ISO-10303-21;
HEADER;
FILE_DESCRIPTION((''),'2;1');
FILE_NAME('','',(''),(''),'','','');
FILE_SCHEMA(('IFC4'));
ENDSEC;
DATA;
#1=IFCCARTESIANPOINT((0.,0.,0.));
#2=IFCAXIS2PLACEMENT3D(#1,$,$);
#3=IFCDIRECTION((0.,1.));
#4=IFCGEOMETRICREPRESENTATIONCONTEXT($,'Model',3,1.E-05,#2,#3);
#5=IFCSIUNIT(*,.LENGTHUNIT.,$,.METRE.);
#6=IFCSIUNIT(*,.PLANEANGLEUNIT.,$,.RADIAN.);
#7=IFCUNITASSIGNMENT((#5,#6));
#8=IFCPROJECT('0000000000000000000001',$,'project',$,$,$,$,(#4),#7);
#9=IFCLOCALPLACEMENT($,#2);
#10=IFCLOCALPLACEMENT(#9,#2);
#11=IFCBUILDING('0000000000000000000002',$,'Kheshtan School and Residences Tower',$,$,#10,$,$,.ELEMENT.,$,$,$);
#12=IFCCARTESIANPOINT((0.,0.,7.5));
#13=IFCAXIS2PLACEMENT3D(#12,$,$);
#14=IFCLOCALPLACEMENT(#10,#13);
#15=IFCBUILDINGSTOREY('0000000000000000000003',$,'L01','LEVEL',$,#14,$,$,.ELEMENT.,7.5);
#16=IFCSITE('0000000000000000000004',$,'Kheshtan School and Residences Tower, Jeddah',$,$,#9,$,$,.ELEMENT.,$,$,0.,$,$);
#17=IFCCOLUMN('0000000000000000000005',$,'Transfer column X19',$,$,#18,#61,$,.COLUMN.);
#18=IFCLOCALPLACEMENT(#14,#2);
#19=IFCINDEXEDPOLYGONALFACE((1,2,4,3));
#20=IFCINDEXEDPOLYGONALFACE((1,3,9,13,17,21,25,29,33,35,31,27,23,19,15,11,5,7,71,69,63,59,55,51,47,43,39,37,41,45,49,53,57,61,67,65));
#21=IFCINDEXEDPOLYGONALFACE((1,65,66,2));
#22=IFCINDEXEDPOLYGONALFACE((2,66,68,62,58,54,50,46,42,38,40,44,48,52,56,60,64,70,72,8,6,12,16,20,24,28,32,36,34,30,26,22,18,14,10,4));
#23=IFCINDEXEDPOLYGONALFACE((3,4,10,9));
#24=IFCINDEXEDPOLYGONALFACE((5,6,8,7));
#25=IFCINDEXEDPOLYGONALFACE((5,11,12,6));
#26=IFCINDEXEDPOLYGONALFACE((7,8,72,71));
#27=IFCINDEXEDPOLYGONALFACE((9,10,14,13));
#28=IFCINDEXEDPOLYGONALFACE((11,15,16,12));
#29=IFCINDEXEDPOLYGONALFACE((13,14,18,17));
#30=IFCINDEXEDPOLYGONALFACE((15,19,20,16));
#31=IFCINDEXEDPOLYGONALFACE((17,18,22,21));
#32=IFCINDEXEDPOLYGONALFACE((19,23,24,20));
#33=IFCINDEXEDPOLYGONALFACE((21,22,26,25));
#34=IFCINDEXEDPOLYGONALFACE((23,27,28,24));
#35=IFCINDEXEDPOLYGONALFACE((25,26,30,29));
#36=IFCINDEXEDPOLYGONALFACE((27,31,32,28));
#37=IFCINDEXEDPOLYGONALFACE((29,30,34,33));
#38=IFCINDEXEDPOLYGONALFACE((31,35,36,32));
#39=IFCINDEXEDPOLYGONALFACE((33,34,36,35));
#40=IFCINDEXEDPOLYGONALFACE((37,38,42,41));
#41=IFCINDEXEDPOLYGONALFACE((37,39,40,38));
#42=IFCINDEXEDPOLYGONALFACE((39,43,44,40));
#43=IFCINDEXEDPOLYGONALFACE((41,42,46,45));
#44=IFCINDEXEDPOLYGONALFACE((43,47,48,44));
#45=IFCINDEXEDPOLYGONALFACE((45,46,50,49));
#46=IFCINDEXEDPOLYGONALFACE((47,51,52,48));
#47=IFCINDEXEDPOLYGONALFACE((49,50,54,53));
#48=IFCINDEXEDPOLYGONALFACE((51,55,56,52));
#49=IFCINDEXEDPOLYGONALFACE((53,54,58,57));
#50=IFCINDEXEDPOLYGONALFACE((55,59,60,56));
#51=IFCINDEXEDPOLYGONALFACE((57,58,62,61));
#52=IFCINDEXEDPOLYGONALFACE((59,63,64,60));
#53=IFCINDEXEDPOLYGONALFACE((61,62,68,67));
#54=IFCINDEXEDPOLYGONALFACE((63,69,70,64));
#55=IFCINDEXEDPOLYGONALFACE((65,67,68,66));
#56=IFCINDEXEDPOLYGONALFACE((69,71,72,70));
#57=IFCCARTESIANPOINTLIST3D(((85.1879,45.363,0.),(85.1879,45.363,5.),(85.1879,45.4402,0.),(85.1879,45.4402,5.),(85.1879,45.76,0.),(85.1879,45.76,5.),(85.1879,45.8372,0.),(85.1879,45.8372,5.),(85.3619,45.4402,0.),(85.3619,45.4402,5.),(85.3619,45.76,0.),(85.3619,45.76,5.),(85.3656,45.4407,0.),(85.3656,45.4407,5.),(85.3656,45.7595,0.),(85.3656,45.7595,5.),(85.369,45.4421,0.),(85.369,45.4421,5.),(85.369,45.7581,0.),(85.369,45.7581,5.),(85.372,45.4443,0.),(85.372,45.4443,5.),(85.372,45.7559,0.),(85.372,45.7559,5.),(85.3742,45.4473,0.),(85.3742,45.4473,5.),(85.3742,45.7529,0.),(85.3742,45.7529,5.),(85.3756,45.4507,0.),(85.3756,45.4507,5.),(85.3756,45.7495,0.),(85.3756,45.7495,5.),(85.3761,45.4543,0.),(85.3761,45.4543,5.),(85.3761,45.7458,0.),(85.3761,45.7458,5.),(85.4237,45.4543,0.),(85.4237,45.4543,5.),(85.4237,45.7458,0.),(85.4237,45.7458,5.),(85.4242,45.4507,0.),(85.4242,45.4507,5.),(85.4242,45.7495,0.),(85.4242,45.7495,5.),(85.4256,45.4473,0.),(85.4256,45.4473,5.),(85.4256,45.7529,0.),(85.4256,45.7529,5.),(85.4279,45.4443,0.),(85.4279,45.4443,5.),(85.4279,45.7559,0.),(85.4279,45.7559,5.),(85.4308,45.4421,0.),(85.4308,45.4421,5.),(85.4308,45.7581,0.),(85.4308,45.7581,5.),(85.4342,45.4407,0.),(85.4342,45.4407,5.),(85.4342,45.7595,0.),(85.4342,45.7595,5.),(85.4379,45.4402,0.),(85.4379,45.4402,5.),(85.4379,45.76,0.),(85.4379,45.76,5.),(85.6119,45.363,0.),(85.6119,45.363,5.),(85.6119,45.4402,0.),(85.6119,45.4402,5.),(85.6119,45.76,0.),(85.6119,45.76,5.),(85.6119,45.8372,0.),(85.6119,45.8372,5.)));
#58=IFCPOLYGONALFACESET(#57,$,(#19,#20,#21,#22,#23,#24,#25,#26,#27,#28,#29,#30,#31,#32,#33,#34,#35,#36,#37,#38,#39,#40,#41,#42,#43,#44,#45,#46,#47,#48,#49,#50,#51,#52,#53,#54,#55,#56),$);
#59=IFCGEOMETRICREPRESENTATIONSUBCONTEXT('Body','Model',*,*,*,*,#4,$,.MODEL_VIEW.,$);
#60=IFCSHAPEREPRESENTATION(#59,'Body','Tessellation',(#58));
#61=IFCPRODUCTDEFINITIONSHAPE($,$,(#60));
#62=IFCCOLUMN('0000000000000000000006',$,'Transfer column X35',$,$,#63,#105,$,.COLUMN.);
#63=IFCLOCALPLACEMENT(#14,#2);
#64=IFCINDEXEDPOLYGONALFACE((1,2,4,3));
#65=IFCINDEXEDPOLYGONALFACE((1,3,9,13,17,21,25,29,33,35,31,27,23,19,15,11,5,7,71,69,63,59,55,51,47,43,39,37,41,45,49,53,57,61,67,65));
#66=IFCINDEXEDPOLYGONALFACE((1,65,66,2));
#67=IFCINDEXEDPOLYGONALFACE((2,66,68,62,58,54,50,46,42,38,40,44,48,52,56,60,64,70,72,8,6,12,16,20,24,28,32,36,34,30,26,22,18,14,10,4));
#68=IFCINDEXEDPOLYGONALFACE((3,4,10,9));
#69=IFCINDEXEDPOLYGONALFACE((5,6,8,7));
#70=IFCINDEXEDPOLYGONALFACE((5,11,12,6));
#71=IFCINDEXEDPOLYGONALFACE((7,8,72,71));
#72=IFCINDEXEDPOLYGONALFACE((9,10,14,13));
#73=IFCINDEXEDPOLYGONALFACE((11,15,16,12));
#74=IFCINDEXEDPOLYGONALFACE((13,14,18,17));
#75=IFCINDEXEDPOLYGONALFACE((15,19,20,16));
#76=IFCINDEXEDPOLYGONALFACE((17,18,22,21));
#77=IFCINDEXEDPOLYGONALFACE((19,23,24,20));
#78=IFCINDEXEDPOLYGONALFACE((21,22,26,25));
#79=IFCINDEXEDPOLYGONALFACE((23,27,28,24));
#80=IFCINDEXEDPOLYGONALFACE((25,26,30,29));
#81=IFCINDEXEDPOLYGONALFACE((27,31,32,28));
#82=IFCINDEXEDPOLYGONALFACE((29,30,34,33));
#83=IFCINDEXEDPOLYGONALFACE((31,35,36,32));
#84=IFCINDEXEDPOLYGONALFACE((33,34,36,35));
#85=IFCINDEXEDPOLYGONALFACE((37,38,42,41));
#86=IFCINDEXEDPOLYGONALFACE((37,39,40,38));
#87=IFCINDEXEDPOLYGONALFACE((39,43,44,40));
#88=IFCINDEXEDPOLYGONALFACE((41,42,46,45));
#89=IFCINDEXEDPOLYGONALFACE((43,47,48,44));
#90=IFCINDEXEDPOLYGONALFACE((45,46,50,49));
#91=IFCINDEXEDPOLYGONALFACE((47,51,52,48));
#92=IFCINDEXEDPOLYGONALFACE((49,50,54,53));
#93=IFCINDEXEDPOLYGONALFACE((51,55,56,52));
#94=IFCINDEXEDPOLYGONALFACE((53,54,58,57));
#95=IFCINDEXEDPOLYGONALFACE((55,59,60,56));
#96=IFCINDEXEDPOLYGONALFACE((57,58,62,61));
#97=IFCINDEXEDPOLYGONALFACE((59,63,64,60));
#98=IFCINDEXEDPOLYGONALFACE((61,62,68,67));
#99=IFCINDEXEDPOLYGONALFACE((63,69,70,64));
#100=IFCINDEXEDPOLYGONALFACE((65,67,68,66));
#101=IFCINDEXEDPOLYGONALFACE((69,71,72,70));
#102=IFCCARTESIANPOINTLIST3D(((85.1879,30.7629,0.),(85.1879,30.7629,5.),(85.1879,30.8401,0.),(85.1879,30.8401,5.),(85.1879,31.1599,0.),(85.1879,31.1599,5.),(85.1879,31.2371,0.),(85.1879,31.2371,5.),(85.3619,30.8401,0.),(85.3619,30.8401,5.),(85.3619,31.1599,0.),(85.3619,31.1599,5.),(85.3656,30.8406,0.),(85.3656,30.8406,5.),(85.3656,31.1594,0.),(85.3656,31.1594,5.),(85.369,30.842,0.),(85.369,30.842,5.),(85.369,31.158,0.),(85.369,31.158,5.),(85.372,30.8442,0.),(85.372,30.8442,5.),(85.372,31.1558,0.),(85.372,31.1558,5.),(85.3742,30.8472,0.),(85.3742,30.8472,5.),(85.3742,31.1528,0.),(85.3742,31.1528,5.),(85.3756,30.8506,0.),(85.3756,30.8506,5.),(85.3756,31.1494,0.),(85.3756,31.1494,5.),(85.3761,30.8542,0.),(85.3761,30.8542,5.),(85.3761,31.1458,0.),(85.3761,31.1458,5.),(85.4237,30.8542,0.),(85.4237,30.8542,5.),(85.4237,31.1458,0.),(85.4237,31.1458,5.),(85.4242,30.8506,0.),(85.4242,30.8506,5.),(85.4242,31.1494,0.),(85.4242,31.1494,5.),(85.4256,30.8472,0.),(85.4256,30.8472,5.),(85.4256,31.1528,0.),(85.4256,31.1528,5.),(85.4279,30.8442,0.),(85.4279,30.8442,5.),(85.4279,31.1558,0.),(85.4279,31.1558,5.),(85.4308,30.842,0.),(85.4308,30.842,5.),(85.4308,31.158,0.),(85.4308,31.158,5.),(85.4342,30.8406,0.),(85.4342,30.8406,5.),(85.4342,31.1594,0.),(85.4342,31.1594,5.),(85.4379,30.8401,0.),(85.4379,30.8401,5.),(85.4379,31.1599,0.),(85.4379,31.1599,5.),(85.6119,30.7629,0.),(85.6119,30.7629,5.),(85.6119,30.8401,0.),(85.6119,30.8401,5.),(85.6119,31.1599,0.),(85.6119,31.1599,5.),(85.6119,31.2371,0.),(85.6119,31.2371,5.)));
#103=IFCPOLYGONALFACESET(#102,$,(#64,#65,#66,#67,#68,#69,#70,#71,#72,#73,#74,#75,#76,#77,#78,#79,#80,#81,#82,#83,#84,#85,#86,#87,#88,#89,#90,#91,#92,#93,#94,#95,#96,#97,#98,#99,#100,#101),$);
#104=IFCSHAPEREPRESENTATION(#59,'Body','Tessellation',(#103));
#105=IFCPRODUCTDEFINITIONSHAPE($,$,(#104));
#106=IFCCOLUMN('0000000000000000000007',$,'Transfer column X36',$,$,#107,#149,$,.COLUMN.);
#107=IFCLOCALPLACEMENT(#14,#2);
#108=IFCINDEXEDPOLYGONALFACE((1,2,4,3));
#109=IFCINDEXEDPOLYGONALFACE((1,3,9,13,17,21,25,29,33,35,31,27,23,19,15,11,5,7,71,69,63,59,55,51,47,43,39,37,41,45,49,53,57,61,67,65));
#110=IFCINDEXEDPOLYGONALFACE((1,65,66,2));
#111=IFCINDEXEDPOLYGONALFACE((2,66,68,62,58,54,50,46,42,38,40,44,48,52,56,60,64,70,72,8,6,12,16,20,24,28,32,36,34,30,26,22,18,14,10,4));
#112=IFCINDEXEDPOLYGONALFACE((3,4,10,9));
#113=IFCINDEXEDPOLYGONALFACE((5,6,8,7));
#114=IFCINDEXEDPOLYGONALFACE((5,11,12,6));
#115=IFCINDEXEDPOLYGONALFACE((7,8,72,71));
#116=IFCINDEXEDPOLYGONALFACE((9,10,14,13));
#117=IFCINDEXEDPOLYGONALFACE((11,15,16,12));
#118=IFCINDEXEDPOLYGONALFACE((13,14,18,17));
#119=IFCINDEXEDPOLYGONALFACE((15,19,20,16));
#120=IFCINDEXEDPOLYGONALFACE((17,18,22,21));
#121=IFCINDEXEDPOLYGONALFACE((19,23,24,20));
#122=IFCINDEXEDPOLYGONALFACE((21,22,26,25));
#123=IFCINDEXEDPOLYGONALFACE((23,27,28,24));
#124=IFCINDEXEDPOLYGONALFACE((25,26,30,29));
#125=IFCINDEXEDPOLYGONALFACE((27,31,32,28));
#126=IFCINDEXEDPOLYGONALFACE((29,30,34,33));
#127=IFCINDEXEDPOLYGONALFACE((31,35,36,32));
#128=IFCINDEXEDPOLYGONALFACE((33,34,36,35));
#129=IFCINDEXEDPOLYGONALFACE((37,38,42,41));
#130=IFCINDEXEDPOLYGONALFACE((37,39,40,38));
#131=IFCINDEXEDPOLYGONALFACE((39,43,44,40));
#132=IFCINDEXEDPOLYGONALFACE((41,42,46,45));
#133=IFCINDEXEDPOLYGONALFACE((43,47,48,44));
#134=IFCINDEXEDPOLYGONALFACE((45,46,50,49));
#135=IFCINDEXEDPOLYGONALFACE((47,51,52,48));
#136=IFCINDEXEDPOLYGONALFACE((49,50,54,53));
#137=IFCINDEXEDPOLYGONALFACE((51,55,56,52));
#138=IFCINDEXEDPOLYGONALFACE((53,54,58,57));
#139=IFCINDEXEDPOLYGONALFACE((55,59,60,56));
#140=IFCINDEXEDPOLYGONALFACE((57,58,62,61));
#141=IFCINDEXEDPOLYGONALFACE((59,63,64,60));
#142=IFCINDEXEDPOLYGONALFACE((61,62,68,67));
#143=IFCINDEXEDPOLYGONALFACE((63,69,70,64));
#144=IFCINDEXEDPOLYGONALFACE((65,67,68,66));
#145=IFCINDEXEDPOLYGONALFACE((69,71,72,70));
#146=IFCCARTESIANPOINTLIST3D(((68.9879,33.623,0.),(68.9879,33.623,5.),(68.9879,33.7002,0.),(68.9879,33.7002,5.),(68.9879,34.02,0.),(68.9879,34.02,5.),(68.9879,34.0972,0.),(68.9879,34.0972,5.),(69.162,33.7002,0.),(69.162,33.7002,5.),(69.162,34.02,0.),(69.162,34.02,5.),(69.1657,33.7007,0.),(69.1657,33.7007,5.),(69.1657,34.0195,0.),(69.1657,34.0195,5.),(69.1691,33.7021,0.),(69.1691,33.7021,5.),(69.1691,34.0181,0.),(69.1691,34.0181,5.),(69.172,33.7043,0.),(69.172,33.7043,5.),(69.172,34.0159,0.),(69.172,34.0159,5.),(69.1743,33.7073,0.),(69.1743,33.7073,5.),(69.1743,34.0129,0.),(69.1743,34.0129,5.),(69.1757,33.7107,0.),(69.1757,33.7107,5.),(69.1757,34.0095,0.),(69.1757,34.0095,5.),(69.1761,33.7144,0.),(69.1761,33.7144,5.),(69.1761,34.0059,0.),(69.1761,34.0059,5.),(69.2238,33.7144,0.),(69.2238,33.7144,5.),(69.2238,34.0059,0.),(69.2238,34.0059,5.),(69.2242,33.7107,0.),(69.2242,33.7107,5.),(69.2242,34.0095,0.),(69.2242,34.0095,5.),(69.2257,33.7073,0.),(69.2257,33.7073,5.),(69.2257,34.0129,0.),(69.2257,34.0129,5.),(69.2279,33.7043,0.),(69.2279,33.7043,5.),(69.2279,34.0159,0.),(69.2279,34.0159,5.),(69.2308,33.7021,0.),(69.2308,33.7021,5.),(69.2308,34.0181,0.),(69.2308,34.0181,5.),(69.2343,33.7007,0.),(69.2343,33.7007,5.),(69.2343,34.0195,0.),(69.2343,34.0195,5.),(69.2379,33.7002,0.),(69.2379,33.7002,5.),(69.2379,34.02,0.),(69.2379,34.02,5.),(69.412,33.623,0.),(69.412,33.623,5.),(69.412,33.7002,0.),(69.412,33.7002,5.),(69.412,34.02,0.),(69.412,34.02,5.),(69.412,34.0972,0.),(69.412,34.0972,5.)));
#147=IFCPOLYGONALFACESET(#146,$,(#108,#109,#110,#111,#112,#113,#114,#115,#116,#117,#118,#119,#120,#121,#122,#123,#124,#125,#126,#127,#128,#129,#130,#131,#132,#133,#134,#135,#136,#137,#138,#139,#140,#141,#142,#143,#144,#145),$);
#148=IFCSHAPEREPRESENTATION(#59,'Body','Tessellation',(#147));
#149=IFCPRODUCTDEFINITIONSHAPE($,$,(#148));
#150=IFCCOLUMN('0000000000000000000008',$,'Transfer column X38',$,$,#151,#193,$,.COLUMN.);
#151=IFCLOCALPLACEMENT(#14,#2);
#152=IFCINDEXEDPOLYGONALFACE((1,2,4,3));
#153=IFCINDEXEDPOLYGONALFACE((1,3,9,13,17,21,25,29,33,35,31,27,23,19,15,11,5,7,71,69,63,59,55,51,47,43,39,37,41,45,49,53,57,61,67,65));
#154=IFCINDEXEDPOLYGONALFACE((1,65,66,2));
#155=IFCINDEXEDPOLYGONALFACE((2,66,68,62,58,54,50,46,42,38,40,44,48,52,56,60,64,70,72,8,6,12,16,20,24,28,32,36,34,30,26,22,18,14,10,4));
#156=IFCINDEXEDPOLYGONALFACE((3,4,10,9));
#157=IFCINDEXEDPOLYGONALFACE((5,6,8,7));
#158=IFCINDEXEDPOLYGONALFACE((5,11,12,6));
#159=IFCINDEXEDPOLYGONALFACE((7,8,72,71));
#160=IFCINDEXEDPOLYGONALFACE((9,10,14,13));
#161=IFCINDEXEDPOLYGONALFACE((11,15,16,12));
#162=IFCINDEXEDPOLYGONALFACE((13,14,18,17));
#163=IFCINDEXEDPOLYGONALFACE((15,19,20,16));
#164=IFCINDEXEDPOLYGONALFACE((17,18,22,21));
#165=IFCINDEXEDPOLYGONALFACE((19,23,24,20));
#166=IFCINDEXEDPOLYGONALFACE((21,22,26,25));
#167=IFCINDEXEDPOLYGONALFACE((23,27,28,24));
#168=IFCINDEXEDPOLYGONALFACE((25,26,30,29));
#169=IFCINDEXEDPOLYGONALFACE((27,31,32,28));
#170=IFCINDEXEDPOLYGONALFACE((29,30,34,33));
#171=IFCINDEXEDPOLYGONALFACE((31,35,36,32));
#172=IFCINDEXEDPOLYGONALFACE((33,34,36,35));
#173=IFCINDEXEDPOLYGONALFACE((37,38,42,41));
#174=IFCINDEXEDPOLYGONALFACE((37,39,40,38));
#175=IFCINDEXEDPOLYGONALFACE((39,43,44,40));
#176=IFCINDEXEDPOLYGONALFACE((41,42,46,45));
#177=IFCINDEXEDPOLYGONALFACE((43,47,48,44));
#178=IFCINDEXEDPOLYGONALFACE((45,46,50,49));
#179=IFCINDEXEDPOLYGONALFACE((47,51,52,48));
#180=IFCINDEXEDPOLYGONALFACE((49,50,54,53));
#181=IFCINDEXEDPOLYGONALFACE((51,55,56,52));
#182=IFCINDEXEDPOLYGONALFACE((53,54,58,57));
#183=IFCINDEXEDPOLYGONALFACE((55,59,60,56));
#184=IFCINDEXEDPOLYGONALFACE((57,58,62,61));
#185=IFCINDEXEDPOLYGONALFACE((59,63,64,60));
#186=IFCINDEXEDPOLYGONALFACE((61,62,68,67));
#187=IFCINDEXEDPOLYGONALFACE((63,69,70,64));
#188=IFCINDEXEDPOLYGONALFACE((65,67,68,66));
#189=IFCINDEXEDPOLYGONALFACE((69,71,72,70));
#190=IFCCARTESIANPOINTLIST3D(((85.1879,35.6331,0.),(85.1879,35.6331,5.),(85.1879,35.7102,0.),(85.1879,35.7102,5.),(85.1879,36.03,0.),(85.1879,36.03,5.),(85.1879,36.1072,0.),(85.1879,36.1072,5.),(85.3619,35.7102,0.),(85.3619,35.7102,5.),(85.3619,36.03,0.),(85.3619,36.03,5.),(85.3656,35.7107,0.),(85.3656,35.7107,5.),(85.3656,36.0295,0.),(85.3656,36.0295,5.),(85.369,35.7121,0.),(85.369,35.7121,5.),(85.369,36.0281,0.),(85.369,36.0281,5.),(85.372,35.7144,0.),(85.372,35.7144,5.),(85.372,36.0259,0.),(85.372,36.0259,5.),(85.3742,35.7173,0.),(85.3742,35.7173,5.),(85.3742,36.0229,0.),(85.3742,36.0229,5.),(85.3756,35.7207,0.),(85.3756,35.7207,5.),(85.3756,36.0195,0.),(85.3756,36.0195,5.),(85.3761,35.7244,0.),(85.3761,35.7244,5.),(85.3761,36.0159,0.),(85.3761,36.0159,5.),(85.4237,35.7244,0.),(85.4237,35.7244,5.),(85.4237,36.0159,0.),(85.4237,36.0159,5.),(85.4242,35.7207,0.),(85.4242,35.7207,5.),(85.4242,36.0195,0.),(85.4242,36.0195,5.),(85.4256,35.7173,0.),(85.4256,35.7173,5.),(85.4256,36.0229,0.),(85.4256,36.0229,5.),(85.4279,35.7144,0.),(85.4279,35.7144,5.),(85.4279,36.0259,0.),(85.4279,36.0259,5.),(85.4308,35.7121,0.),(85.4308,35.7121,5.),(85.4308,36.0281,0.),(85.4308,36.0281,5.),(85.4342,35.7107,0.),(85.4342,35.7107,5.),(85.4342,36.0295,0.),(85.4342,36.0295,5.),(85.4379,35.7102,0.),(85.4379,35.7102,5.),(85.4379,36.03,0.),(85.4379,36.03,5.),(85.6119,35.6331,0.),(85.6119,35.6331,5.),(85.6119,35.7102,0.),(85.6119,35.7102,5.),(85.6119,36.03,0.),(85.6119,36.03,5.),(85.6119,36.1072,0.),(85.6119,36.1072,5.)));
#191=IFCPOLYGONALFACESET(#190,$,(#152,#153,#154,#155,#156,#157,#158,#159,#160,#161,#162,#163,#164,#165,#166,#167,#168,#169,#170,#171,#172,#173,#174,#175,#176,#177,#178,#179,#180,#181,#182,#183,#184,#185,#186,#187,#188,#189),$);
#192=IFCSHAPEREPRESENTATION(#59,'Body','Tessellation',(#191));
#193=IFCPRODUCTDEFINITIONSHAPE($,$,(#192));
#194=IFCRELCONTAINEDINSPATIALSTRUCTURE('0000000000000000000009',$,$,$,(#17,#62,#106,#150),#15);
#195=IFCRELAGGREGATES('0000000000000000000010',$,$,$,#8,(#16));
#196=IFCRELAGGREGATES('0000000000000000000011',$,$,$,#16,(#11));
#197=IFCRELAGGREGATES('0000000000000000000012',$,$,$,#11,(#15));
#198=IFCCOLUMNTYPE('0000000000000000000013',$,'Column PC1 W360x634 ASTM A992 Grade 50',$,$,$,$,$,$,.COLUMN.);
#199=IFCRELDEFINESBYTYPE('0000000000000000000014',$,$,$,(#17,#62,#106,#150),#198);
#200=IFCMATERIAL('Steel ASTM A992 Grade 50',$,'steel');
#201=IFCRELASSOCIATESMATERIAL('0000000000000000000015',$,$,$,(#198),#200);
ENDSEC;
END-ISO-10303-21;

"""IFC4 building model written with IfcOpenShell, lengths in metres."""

from ifc_helpers import new_model, si_unit, direction, frame, origin, origin_2d, place, context, subcontext, project, spatial, i_section, extrude, material, material_profile, profile_set, type_object, element, save


model = new_model("IFC4")

# Units and contexts
model_context = context("Model", 3, precision=1e-05, world=origin(), true_north=direction((0.0, 1.0)))
body_context = subcontext(model_context, "Body", "Model", "MODEL_VIEW")
ifc_project = project(units=[si_unit("LENGTHUNIT", "METRE"), si_unit("PLANEANGLEUNIT", "RADIAN")], contexts=[model_context])

# Site, building, storey
site_placement = place(None, origin())
site = spatial("IfcSite", under=ifc_project, at=site_placement, Name="Kheshtan School and Residences Tower, Jeddah", CompositionType="ELEMENT", RefElevation=0.0)
building_placement = place(site_placement, origin())
building = spatial("IfcBuilding", under=site, at=building_placement, Name="Kheshtan School and Residences Tower", CompositionType="ELEMENT")
storey_placement = place(building_placement, frame((0.0, 0.0, 7.5)))
storey = spatial("IfcBuildingStorey", under=building, at=storey_placement, Name="L01", Description="LEVEL", CompositionType="ELEMENT", Elevation=7.5)

# Columns
ifc_material_1 = material(Name="Steel ASTM A992 Grade 50", Category="steel")
ifc_material_profile_1 = material_profile(ifc_material_1, i_section(OverallWidth=0.4241, OverallDepth=0.4741, WebThickness=0.0476, FlangeThickness=0.0771, FilletRadius=0.0142, at=origin_2d()), Name="W360x634")
ifc_profile_set_1 = profile_set([ifc_material_profile_1], Name="Steel ASTM A992 Grade 50")
column_type = type_object("IfcColumnType", Name="Column PC1 W360x634 ASTM A992 Grade 50", PredefinedType="COLUMN", material=ifc_profile_set_1)
for number, where, z_axis, x_axis, name in (
    (1, (85.3999, 45.6001, 0.0), (0.0, 0.0, 1.0), (1.0, 0.0, 0.0), "Transfer column X19"),
    (2, (85.3999, 31.0, 0.0), (0.0, 0.0, 1.0), (1.0, 0.0, 0.0), "Transfer column X35"),
    (3, (69.2, 33.8601, 0.0), (0.0, 0.0, 1.0), (1.0, 0.0, 0.0), "Transfer column X36"),
    (4, (85.3999, 35.8701, 0.0), (0.0, 0.0, 1.0), (1.0, 0.0, 0.0), "Transfer column X38"),
):
    element("IfcColumn", number, at=place(storey_placement, frame(where, z_axis=z_axis, x_axis=x_axis)), inside=storey, type_object=column_type, Name=name, PredefinedType="COLUMN", context=body_context, shape_type="SweptSolid", body=[
        extrude(i_section(OverallWidth=0.4241, OverallDepth=0.4741, WebThickness=0.0476, FlangeThickness=0.0771, FilletRadius=0.0142, at=origin_2d()), origin(), (0.0, 0.0, 1.0), 5.0),
    ])

save(model, "model.ifc")
